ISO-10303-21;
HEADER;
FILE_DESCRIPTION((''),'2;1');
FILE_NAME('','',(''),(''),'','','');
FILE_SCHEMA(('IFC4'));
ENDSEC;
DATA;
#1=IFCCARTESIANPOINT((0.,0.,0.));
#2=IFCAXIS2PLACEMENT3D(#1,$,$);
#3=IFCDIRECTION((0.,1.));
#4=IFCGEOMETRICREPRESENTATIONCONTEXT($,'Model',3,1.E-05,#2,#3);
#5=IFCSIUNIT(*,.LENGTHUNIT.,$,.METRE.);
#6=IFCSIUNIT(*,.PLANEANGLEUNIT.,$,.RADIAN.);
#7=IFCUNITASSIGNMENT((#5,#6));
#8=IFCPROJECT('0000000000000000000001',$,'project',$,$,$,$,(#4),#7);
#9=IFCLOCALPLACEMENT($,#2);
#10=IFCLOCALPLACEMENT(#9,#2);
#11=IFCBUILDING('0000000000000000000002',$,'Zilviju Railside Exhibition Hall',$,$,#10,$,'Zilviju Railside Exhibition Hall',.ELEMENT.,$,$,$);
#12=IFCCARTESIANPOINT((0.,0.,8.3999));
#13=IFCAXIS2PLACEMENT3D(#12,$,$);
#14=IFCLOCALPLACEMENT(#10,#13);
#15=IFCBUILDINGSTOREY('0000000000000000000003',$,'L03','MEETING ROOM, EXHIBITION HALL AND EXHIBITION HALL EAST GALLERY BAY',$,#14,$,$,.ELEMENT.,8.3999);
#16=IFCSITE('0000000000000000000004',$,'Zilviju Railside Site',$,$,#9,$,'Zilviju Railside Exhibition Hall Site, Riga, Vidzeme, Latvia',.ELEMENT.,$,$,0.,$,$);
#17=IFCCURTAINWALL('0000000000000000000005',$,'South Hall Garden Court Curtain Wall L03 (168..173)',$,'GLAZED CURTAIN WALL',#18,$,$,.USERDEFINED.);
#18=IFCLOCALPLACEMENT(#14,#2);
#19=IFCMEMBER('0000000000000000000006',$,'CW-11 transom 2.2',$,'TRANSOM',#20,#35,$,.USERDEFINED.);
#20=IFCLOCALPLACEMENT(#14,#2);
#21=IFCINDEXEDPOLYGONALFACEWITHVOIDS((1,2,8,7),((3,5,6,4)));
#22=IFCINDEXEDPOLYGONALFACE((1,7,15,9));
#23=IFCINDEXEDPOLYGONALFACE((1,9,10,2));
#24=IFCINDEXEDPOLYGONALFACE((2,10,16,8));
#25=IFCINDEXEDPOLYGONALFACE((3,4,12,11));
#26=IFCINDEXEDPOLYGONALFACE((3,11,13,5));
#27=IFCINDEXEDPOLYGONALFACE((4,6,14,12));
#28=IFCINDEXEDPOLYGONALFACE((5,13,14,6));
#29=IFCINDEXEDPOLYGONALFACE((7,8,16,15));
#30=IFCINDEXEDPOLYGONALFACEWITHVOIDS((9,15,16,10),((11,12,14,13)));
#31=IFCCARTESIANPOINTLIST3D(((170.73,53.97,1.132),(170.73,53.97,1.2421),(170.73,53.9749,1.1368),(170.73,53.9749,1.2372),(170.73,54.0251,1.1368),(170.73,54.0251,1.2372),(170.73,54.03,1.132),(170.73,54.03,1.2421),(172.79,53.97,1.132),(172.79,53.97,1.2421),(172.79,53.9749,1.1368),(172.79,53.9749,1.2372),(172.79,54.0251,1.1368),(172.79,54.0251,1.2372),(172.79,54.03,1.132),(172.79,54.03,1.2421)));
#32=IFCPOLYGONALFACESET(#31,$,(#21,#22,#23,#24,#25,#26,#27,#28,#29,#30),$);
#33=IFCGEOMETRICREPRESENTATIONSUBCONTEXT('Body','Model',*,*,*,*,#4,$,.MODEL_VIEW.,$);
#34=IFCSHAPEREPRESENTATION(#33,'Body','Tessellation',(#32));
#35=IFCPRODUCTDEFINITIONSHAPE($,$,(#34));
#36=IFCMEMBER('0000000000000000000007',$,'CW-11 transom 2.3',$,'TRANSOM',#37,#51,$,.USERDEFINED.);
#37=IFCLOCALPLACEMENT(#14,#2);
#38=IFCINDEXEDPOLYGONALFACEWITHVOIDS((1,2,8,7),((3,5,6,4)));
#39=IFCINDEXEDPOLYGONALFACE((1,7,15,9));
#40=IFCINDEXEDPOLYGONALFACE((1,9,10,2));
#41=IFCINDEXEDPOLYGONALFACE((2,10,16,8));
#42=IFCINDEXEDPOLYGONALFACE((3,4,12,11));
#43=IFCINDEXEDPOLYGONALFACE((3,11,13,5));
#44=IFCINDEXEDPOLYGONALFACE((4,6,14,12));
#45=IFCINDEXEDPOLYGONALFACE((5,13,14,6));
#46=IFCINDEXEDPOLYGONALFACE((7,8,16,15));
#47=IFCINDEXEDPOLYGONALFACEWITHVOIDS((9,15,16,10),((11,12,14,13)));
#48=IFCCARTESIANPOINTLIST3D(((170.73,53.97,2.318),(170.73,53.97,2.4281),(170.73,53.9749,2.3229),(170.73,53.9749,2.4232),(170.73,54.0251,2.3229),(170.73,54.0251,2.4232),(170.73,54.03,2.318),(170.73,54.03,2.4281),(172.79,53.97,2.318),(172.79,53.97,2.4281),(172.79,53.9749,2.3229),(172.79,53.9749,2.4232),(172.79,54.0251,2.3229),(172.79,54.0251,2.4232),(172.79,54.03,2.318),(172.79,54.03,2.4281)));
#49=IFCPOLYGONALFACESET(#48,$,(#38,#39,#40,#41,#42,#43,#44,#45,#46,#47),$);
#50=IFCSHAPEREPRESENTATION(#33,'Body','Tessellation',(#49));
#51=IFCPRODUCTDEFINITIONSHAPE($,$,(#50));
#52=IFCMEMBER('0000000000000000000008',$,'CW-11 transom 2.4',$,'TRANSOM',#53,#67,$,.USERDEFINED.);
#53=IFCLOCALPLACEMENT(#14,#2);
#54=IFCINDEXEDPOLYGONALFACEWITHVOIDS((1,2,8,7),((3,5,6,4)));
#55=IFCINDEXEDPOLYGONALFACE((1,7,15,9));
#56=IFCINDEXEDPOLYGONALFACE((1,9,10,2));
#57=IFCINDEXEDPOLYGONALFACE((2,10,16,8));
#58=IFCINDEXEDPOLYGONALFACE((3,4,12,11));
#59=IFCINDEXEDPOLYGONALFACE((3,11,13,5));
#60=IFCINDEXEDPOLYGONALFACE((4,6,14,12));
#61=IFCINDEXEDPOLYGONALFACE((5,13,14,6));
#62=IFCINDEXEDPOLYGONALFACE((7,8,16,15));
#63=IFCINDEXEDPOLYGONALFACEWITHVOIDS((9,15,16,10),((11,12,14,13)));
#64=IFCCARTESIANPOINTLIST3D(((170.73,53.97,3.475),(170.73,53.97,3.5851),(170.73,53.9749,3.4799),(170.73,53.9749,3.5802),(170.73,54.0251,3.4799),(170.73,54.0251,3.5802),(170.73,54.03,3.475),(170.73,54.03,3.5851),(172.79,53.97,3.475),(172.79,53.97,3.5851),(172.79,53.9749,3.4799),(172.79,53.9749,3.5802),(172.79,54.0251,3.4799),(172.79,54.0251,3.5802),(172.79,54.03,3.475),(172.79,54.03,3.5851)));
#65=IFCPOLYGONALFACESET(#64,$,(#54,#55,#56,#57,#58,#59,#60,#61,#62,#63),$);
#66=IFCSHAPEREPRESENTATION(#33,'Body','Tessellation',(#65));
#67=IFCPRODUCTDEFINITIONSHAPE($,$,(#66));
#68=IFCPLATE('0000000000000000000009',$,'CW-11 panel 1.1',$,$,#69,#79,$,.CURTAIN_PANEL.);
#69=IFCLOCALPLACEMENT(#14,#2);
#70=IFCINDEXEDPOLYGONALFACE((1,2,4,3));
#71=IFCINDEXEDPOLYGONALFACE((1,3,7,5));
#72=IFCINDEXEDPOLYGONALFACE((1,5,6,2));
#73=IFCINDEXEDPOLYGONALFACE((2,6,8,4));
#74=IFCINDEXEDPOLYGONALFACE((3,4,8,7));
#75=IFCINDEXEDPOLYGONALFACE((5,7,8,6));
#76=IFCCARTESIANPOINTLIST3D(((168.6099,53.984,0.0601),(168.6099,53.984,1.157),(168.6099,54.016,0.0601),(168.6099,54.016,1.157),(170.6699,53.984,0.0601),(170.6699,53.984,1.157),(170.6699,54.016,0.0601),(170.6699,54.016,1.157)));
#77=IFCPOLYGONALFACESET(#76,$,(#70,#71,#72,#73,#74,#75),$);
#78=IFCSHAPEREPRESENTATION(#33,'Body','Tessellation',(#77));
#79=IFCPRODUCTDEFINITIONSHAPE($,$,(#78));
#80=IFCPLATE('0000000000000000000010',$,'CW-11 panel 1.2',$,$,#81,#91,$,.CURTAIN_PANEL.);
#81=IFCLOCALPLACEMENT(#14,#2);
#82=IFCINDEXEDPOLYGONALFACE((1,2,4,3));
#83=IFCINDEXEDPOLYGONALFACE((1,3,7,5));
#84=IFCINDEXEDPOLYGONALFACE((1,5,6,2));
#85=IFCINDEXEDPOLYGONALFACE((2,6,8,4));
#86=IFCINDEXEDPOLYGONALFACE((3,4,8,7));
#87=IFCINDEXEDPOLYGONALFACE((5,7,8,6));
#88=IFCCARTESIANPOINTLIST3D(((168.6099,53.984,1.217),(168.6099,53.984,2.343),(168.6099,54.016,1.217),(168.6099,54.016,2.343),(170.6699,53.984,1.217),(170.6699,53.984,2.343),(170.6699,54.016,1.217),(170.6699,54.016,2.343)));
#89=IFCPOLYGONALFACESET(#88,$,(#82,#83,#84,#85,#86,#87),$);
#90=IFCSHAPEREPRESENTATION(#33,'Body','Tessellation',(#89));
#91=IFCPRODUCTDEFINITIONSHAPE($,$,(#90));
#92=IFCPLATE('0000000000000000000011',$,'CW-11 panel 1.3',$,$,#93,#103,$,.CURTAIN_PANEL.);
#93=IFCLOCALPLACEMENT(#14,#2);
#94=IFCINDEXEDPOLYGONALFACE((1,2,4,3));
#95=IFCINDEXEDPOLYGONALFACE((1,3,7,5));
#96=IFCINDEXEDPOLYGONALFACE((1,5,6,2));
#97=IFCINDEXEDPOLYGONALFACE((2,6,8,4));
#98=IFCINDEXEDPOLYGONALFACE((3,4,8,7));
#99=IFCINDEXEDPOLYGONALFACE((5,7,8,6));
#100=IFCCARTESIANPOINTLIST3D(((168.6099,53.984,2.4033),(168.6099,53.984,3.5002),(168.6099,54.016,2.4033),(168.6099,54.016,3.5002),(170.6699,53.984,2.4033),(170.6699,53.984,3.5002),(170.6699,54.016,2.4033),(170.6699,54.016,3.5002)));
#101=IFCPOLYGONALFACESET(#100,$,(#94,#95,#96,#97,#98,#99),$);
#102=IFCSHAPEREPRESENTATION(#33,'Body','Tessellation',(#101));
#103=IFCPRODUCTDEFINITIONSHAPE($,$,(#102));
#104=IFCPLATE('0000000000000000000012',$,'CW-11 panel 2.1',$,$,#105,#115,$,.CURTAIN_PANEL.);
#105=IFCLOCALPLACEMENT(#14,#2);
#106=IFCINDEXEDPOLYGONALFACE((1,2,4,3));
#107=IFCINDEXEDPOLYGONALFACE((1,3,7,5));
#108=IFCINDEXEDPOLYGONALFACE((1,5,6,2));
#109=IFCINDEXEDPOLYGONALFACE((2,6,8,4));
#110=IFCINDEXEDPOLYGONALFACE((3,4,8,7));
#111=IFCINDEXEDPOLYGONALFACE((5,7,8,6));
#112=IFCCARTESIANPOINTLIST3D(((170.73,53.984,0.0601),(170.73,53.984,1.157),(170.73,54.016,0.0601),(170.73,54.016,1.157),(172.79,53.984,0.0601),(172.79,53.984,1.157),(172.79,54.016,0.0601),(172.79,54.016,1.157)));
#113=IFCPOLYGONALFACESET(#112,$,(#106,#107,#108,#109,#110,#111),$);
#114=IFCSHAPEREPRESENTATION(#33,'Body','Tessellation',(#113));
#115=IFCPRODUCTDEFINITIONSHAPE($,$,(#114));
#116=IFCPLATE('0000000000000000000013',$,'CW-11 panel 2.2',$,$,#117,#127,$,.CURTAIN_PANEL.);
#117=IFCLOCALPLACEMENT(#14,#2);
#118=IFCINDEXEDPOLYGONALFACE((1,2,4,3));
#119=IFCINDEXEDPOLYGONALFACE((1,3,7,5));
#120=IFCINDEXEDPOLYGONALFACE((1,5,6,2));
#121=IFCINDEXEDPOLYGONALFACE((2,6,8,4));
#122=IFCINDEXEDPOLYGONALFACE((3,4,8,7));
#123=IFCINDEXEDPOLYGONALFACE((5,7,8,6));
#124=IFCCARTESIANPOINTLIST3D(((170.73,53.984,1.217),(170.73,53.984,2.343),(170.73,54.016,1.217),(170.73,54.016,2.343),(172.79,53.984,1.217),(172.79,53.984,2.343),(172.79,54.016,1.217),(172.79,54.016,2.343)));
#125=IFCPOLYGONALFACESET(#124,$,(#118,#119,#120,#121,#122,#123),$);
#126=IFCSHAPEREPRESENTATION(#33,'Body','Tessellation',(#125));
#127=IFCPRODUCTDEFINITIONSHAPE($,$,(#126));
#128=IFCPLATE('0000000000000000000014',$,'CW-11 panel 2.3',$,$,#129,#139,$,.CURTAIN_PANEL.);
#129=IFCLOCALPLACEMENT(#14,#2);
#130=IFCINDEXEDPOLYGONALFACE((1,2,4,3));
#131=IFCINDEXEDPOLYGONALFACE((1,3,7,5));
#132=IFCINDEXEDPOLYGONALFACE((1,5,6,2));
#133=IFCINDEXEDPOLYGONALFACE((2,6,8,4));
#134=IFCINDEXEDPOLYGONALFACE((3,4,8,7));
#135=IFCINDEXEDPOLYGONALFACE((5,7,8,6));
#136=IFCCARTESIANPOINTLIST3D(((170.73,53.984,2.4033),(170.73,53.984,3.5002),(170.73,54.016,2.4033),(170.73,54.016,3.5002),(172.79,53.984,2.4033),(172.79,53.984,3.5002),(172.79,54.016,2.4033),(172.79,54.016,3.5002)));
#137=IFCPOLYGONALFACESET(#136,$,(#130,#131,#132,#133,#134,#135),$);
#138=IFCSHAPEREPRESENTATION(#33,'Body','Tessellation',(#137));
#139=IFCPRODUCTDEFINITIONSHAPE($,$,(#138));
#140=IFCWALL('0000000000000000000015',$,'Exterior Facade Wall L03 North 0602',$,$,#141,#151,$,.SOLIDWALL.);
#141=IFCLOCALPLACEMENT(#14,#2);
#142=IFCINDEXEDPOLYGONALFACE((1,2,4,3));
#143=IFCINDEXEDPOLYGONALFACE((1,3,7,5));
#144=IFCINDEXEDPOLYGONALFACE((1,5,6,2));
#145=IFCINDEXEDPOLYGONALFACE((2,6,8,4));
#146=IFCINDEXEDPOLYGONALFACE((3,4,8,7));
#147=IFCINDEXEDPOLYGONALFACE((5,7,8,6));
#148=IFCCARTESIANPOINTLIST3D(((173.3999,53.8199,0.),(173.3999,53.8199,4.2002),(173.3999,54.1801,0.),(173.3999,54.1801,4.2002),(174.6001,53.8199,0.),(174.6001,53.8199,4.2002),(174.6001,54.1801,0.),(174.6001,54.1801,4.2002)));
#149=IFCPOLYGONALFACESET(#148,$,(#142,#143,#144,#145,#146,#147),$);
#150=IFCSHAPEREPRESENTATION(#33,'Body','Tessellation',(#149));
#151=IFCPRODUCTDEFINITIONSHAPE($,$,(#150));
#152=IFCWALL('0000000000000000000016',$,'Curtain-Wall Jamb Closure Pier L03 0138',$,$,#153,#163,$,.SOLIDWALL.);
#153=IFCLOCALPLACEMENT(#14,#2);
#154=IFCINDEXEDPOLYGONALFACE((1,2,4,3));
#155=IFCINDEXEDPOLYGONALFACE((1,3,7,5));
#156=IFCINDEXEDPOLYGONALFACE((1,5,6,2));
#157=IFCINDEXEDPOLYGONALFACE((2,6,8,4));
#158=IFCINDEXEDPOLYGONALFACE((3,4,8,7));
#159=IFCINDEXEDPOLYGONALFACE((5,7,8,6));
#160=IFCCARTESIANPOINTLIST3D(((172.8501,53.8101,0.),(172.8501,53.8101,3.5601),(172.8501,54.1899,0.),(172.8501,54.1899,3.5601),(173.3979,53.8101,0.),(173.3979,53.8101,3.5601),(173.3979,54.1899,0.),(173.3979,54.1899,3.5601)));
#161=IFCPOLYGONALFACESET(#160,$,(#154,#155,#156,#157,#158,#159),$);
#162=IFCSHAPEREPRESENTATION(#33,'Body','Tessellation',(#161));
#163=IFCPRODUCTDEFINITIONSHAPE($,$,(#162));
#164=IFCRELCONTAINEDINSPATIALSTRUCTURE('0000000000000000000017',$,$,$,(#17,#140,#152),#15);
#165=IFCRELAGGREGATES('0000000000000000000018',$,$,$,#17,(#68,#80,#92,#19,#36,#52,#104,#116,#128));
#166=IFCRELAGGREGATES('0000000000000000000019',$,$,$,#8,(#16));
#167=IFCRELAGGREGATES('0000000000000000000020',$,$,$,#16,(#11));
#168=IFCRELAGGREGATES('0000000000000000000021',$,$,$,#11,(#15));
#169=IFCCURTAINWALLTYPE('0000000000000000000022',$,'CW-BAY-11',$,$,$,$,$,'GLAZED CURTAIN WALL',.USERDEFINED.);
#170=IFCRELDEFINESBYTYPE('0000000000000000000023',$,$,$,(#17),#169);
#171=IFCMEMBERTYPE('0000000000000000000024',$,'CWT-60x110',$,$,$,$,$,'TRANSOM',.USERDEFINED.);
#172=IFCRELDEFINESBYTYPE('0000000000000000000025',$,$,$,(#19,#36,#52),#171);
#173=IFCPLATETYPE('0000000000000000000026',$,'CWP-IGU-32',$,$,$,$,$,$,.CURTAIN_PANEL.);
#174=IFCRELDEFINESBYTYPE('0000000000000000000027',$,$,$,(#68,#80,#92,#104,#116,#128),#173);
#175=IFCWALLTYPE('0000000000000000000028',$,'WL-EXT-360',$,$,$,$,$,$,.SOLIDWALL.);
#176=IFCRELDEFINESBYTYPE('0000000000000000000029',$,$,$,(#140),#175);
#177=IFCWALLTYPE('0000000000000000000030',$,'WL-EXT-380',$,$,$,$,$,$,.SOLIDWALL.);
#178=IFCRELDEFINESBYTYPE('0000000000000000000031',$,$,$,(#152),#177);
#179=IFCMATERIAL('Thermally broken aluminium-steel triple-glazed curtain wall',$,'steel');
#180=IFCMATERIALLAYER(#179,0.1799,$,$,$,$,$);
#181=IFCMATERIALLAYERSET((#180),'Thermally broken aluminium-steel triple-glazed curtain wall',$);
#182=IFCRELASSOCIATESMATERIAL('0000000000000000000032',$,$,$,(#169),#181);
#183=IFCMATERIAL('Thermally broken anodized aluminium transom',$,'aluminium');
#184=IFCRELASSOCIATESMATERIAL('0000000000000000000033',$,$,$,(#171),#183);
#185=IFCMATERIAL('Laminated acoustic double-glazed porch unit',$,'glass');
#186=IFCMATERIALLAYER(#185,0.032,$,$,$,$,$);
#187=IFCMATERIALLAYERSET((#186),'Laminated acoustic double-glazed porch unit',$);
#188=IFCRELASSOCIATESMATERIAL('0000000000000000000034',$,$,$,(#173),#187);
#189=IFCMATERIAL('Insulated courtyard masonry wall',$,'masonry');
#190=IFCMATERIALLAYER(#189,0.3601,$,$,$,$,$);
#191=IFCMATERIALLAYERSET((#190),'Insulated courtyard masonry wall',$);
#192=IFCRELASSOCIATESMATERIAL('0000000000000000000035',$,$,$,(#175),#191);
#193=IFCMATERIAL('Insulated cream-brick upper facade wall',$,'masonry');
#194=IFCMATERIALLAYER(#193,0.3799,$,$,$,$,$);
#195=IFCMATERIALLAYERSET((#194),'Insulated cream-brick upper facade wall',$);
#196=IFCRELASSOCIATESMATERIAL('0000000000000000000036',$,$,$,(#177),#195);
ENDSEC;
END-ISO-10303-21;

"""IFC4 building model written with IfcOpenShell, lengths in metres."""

from ifc_helpers import new_model, si_unit, direction, frame, frame_2d, origin, origin_2d, place, context, subcontext, project, spatial, rectangle, hollow_rectangle, extrude, material, layer, layer_set, material_profile, profile_set, type_object, element, aggregate, save


model = new_model("IFC4")

# Units and contexts
model_context = context("Model", 3, precision=1e-05, world=origin(), true_north=direction((0.0, 1.0)))
body_context = subcontext(model_context, "Body", "Model", "MODEL_VIEW")
ifc_project = project(units=[si_unit("LENGTHUNIT", "METRE"), si_unit("PLANEANGLEUNIT", "RADIAN")], contexts=[model_context])

# Site, building, storey
site_placement = place(None, origin())
site = spatial("IfcSite", under=ifc_project, at=site_placement, Name="Zilviju Railside Site", LongName="Zilviju Railside Exhibition Hall Site, Riga, Vidzeme, Latvia", CompositionType="ELEMENT", RefElevation=0.0)
building_placement = place(site_placement, origin())
building = spatial("IfcBuilding", under=site, at=building_placement, Name="Zilviju Railside Exhibition Hall", LongName="Zilviju Railside Exhibition Hall", CompositionType="ELEMENT")
storey_placement = place(building_placement, frame((0.0, 0.0, 8.3999)))
storey = spatial("IfcBuildingStorey", under=building, at=storey_placement, Name="L03", Description="MEETING ROOM, EXHIBITION HALL AND EXHIBITION HALL EAST GALLERY BAY", CompositionType="ELEMENT", Elevation=8.3999)

# Curtain wall, members, plates
ifc_material_1 = material(Name="Thermally broken aluminium-steel triple-glazed curtain wall", Category="steel")
ifc_layer_1 = layer(ifc_material_1, 0.1799)
ifc_layer_set_1 = layer_set([ifc_layer_1], Name="Thermally broken aluminium-steel triple-glazed curtain wall")
curtain_wall_type = type_object("IfcCurtainWallType", Name="CW-BAY-11", ElementType="GLAZED CURTAIN WALL", PredefinedType="USERDEFINED", material=ifc_layer_set_1)
curtain_wall_placement = place(storey_placement, origin())
curtain_wall = element("IfcCurtainWall", 1, at=curtain_wall_placement, inside=storey, type_object=curtain_wall_type, Name="South Hall Garden Court Curtain Wall L03 (168..173)", ObjectType="GLAZED CURTAIN WALL", PredefinedType="USERDEFINED")
ifc_material_2 = material(Name="Thermally broken anodized aluminium transom", Category="aluminium")
ifc_material_profile_1 = material_profile(ifc_material_2, hollow_rectangle(XDim=0.0601, YDim=0.1101, WallThickness=0.0049, at=origin_2d()), Name="TRANSOM 110x60x5")
ifc_profile_set_1 = profile_set([ifc_material_profile_1], Name="Thermally broken anodized aluminium transom")
member_type_1 = type_object("IfcMemberType", Name="CWT-60x110", ElementType="TRANSOM", PredefinedType="USERDEFINED", material=ifc_profile_set_1)
member_1_placement = place(storey_placement, frame((170.73, 54.0, 1.187), z_axis=(1.0, 0.0, 0.0), x_axis=(0.0, 1.0, 0.0)))
member_1 = element("IfcMember", 2, at=member_1_placement, type_object=member_type_1, Name="CW-11 transom 2.2", ObjectType="TRANSOM", PredefinedType="USERDEFINED", context=body_context, shape_type="SweptSolid", body=[
    extrude(hollow_rectangle(XDim=0.0601, YDim=0.1101, WallThickness=0.0049, at=origin_2d()), origin(), (0.0, 0.0, 1.0), 2.0601),
])
member_2_placement = place(storey_placement, frame((170.73, 54.0, 2.373), z_axis=(1.0, 0.0, 0.0), x_axis=(0.0, 1.0, 0.0)))
member_2 = element("IfcMember", 3, at=member_2_placement, type_object=member_type_1, Name="CW-11 transom 2.3", ObjectType="TRANSOM", PredefinedType="USERDEFINED", context=body_context, shape_type="SweptSolid", body=[
    extrude(hollow_rectangle(XDim=0.0601, YDim=0.1101, WallThickness=0.0049, at=origin_2d()), origin(), (0.0, 0.0, 1.0), 2.0601),
])
member_3_placement = place(storey_placement, frame((170.73, 54.0, 3.53), z_axis=(1.0, 0.0, 0.0), x_axis=(0.0, 1.0, 0.0)))
member_3 = element("IfcMember", 4, at=member_3_placement, type_object=member_type_1, Name="CW-11 transom 2.4", ObjectType="TRANSOM", PredefinedType="USERDEFINED", context=body_context, shape_type="SweptSolid", body=[
    extrude(hollow_rectangle(XDim=0.0601, YDim=0.1101, WallThickness=0.0049, at=origin_2d()), origin(), (0.0, 0.0, 1.0), 2.0601),
])
ifc_material_3 = material(Name="Laminated acoustic double-glazed porch unit", Category="glass")
ifc_layer_2 = layer(ifc_material_3, 0.032)
ifc_layer_set_2 = layer_set([ifc_layer_2], Name="Laminated acoustic double-glazed porch unit")
plate_type = type_object("IfcPlateType", Name="CWP-IGU-32", PredefinedType="CURTAIN_PANEL", material=ifc_layer_set_2)
plate_1_placement = place(storey_placement, frame((169.6399, 54.0, 0.0601), z_axis=(0.0, 0.0, 1.0), x_axis=(1.0, 0.0, 0.0)))
plate_1 = element("IfcPlate", 5, at=plate_1_placement, type_object=plate_type, Name="CW-11 panel 1.1", PredefinedType="CURTAIN_PANEL", context=body_context, shape_type="SweptSolid", body=[
    extrude(rectangle(XDim=2.0601, YDim=0.032, at=origin_2d()), origin(), (0.0, 0.0, 1.0), 1.0969),
])
plate_2_placement = place(storey_placement, frame((169.6399, 54.0, 1.217), z_axis=(0.0, 0.0, 1.0), x_axis=(1.0, 0.0, 0.0)))
plate_2 = element("IfcPlate", 6, at=plate_2_placement, type_object=plate_type, Name="CW-11 panel 1.2", PredefinedType="CURTAIN_PANEL", context=body_context, shape_type="SweptSolid", body=[
    extrude(rectangle(XDim=2.0601, YDim=0.032, at=origin_2d()), origin(), (0.0, 0.0, 1.0), 1.126),
])
plate_3_placement = place(storey_placement, frame((169.6399, 54.0, 2.4033), z_axis=(0.0, 0.0, 1.0), x_axis=(1.0, 0.0, 0.0)))
plate_3 = element("IfcPlate", 7, at=plate_3_placement, type_object=plate_type, Name="CW-11 panel 1.3", PredefinedType="CURTAIN_PANEL", context=body_context, shape_type="SweptSolid", body=[
    extrude(rectangle(XDim=2.0601, YDim=0.032, at=origin_2d()), origin(), (0.0, 0.0, 1.0), 1.0969),
])
plate_4_placement = place(storey_placement, frame((171.76, 54.0, 0.0601), z_axis=(0.0, 0.0, 1.0), x_axis=(1.0, 0.0, 0.0)))
plate_4 = element("IfcPlate", 8, at=plate_4_placement, type_object=plate_type, Name="CW-11 panel 2.1", PredefinedType="CURTAIN_PANEL", context=body_context, shape_type="SweptSolid", body=[
    extrude(rectangle(XDim=2.0601, YDim=0.032, at=origin_2d()), origin(), (0.0, 0.0, 1.0), 1.0969),
])
plate_5_placement = place(storey_placement, frame((171.76, 54.0, 1.217), z_axis=(0.0, 0.0, 1.0), x_axis=(1.0, 0.0, 0.0)))
plate_5 = element("IfcPlate", 9, at=plate_5_placement, type_object=plate_type, Name="CW-11 panel 2.2", PredefinedType="CURTAIN_PANEL", context=body_context, shape_type="SweptSolid", body=[
    extrude(rectangle(XDim=2.0601, YDim=0.032, at=origin_2d()), origin(), (0.0, 0.0, 1.0), 1.126),
])
plate_6_placement = place(storey_placement, frame((171.76, 54.0, 2.4033), z_axis=(0.0, 0.0, 1.0), x_axis=(1.0, 0.0, 0.0)))
plate_6 = element("IfcPlate", 10, at=plate_6_placement, type_object=plate_type, Name="CW-11 panel 2.3", PredefinedType="CURTAIN_PANEL", context=body_context, shape_type="SweptSolid", body=[
    extrude(rectangle(XDim=2.0601, YDim=0.032, at=origin_2d()), origin(), (0.0, 0.0, 1.0), 1.0969),
])
aggregate(curtain_wall, [plate_1, plate_2, plate_3, member_1, member_2, member_3, plate_4, plate_5, plate_6])

# Walls
ifc_material_4 = material(Name="Insulated courtyard masonry wall", Category="masonry")
ifc_layer_3 = layer(ifc_material_4, 0.3601)
ifc_layer_set_3 = layer_set([ifc_layer_3], Name="Insulated courtyard masonry wall")
wall_type_1 = type_object("IfcWallType", Name="WL-EXT-360", PredefinedType="SOLIDWALL", material=ifc_layer_set_3)
wall_1_placement = place(storey_placement, frame((173.3999, 54.0, 0.0), z_axis=(0.0, 0.0, 1.0), x_axis=(1.0, 0.0, 0.0)))
element("IfcWall", 11, at=wall_1_placement, inside=storey, type_object=wall_type_1, Name="Exterior Facade Wall L03 North 0602", PredefinedType="SOLIDWALL", context=body_context, shape_type="SweptSolid", body=[
    extrude(rectangle(XDim=1.2002, YDim=0.3601, at=frame_2d((0.6001, 0.0))), origin(), (0.0, 0.0, 1.0), 4.2002),
])
ifc_material_5 = material(Name="Insulated cream-brick upper facade wall", Category="masonry")
ifc_layer_4 = layer(ifc_material_5, 0.3799)
ifc_layer_set_4 = layer_set([ifc_layer_4], Name="Insulated cream-brick upper facade wall")
wall_type_2 = type_object("IfcWallType", Name="WL-EXT-380", PredefinedType="SOLIDWALL", material=ifc_layer_set_4)
wall_2_placement = place(storey_placement, frame((172.8501, 54.0, 0.0), z_axis=(0.0, 0.0, 1.0), x_axis=(1.0, 0.0, 0.0)))
element("IfcWall", 12, at=wall_2_placement, inside=storey, type_object=wall_type_2, Name="Curtain-Wall Jamb Closure Pier L03 0138", PredefinedType="SOLIDWALL", context=body_context, shape_type="SweptSolid", body=[
    extrude(rectangle(XDim=0.5479, YDim=0.3799, at=frame_2d((0.2739, 0.0))), origin(), (0.0, 0.0, 1.0), 3.5601),
])

save(model, "model.ifc")
